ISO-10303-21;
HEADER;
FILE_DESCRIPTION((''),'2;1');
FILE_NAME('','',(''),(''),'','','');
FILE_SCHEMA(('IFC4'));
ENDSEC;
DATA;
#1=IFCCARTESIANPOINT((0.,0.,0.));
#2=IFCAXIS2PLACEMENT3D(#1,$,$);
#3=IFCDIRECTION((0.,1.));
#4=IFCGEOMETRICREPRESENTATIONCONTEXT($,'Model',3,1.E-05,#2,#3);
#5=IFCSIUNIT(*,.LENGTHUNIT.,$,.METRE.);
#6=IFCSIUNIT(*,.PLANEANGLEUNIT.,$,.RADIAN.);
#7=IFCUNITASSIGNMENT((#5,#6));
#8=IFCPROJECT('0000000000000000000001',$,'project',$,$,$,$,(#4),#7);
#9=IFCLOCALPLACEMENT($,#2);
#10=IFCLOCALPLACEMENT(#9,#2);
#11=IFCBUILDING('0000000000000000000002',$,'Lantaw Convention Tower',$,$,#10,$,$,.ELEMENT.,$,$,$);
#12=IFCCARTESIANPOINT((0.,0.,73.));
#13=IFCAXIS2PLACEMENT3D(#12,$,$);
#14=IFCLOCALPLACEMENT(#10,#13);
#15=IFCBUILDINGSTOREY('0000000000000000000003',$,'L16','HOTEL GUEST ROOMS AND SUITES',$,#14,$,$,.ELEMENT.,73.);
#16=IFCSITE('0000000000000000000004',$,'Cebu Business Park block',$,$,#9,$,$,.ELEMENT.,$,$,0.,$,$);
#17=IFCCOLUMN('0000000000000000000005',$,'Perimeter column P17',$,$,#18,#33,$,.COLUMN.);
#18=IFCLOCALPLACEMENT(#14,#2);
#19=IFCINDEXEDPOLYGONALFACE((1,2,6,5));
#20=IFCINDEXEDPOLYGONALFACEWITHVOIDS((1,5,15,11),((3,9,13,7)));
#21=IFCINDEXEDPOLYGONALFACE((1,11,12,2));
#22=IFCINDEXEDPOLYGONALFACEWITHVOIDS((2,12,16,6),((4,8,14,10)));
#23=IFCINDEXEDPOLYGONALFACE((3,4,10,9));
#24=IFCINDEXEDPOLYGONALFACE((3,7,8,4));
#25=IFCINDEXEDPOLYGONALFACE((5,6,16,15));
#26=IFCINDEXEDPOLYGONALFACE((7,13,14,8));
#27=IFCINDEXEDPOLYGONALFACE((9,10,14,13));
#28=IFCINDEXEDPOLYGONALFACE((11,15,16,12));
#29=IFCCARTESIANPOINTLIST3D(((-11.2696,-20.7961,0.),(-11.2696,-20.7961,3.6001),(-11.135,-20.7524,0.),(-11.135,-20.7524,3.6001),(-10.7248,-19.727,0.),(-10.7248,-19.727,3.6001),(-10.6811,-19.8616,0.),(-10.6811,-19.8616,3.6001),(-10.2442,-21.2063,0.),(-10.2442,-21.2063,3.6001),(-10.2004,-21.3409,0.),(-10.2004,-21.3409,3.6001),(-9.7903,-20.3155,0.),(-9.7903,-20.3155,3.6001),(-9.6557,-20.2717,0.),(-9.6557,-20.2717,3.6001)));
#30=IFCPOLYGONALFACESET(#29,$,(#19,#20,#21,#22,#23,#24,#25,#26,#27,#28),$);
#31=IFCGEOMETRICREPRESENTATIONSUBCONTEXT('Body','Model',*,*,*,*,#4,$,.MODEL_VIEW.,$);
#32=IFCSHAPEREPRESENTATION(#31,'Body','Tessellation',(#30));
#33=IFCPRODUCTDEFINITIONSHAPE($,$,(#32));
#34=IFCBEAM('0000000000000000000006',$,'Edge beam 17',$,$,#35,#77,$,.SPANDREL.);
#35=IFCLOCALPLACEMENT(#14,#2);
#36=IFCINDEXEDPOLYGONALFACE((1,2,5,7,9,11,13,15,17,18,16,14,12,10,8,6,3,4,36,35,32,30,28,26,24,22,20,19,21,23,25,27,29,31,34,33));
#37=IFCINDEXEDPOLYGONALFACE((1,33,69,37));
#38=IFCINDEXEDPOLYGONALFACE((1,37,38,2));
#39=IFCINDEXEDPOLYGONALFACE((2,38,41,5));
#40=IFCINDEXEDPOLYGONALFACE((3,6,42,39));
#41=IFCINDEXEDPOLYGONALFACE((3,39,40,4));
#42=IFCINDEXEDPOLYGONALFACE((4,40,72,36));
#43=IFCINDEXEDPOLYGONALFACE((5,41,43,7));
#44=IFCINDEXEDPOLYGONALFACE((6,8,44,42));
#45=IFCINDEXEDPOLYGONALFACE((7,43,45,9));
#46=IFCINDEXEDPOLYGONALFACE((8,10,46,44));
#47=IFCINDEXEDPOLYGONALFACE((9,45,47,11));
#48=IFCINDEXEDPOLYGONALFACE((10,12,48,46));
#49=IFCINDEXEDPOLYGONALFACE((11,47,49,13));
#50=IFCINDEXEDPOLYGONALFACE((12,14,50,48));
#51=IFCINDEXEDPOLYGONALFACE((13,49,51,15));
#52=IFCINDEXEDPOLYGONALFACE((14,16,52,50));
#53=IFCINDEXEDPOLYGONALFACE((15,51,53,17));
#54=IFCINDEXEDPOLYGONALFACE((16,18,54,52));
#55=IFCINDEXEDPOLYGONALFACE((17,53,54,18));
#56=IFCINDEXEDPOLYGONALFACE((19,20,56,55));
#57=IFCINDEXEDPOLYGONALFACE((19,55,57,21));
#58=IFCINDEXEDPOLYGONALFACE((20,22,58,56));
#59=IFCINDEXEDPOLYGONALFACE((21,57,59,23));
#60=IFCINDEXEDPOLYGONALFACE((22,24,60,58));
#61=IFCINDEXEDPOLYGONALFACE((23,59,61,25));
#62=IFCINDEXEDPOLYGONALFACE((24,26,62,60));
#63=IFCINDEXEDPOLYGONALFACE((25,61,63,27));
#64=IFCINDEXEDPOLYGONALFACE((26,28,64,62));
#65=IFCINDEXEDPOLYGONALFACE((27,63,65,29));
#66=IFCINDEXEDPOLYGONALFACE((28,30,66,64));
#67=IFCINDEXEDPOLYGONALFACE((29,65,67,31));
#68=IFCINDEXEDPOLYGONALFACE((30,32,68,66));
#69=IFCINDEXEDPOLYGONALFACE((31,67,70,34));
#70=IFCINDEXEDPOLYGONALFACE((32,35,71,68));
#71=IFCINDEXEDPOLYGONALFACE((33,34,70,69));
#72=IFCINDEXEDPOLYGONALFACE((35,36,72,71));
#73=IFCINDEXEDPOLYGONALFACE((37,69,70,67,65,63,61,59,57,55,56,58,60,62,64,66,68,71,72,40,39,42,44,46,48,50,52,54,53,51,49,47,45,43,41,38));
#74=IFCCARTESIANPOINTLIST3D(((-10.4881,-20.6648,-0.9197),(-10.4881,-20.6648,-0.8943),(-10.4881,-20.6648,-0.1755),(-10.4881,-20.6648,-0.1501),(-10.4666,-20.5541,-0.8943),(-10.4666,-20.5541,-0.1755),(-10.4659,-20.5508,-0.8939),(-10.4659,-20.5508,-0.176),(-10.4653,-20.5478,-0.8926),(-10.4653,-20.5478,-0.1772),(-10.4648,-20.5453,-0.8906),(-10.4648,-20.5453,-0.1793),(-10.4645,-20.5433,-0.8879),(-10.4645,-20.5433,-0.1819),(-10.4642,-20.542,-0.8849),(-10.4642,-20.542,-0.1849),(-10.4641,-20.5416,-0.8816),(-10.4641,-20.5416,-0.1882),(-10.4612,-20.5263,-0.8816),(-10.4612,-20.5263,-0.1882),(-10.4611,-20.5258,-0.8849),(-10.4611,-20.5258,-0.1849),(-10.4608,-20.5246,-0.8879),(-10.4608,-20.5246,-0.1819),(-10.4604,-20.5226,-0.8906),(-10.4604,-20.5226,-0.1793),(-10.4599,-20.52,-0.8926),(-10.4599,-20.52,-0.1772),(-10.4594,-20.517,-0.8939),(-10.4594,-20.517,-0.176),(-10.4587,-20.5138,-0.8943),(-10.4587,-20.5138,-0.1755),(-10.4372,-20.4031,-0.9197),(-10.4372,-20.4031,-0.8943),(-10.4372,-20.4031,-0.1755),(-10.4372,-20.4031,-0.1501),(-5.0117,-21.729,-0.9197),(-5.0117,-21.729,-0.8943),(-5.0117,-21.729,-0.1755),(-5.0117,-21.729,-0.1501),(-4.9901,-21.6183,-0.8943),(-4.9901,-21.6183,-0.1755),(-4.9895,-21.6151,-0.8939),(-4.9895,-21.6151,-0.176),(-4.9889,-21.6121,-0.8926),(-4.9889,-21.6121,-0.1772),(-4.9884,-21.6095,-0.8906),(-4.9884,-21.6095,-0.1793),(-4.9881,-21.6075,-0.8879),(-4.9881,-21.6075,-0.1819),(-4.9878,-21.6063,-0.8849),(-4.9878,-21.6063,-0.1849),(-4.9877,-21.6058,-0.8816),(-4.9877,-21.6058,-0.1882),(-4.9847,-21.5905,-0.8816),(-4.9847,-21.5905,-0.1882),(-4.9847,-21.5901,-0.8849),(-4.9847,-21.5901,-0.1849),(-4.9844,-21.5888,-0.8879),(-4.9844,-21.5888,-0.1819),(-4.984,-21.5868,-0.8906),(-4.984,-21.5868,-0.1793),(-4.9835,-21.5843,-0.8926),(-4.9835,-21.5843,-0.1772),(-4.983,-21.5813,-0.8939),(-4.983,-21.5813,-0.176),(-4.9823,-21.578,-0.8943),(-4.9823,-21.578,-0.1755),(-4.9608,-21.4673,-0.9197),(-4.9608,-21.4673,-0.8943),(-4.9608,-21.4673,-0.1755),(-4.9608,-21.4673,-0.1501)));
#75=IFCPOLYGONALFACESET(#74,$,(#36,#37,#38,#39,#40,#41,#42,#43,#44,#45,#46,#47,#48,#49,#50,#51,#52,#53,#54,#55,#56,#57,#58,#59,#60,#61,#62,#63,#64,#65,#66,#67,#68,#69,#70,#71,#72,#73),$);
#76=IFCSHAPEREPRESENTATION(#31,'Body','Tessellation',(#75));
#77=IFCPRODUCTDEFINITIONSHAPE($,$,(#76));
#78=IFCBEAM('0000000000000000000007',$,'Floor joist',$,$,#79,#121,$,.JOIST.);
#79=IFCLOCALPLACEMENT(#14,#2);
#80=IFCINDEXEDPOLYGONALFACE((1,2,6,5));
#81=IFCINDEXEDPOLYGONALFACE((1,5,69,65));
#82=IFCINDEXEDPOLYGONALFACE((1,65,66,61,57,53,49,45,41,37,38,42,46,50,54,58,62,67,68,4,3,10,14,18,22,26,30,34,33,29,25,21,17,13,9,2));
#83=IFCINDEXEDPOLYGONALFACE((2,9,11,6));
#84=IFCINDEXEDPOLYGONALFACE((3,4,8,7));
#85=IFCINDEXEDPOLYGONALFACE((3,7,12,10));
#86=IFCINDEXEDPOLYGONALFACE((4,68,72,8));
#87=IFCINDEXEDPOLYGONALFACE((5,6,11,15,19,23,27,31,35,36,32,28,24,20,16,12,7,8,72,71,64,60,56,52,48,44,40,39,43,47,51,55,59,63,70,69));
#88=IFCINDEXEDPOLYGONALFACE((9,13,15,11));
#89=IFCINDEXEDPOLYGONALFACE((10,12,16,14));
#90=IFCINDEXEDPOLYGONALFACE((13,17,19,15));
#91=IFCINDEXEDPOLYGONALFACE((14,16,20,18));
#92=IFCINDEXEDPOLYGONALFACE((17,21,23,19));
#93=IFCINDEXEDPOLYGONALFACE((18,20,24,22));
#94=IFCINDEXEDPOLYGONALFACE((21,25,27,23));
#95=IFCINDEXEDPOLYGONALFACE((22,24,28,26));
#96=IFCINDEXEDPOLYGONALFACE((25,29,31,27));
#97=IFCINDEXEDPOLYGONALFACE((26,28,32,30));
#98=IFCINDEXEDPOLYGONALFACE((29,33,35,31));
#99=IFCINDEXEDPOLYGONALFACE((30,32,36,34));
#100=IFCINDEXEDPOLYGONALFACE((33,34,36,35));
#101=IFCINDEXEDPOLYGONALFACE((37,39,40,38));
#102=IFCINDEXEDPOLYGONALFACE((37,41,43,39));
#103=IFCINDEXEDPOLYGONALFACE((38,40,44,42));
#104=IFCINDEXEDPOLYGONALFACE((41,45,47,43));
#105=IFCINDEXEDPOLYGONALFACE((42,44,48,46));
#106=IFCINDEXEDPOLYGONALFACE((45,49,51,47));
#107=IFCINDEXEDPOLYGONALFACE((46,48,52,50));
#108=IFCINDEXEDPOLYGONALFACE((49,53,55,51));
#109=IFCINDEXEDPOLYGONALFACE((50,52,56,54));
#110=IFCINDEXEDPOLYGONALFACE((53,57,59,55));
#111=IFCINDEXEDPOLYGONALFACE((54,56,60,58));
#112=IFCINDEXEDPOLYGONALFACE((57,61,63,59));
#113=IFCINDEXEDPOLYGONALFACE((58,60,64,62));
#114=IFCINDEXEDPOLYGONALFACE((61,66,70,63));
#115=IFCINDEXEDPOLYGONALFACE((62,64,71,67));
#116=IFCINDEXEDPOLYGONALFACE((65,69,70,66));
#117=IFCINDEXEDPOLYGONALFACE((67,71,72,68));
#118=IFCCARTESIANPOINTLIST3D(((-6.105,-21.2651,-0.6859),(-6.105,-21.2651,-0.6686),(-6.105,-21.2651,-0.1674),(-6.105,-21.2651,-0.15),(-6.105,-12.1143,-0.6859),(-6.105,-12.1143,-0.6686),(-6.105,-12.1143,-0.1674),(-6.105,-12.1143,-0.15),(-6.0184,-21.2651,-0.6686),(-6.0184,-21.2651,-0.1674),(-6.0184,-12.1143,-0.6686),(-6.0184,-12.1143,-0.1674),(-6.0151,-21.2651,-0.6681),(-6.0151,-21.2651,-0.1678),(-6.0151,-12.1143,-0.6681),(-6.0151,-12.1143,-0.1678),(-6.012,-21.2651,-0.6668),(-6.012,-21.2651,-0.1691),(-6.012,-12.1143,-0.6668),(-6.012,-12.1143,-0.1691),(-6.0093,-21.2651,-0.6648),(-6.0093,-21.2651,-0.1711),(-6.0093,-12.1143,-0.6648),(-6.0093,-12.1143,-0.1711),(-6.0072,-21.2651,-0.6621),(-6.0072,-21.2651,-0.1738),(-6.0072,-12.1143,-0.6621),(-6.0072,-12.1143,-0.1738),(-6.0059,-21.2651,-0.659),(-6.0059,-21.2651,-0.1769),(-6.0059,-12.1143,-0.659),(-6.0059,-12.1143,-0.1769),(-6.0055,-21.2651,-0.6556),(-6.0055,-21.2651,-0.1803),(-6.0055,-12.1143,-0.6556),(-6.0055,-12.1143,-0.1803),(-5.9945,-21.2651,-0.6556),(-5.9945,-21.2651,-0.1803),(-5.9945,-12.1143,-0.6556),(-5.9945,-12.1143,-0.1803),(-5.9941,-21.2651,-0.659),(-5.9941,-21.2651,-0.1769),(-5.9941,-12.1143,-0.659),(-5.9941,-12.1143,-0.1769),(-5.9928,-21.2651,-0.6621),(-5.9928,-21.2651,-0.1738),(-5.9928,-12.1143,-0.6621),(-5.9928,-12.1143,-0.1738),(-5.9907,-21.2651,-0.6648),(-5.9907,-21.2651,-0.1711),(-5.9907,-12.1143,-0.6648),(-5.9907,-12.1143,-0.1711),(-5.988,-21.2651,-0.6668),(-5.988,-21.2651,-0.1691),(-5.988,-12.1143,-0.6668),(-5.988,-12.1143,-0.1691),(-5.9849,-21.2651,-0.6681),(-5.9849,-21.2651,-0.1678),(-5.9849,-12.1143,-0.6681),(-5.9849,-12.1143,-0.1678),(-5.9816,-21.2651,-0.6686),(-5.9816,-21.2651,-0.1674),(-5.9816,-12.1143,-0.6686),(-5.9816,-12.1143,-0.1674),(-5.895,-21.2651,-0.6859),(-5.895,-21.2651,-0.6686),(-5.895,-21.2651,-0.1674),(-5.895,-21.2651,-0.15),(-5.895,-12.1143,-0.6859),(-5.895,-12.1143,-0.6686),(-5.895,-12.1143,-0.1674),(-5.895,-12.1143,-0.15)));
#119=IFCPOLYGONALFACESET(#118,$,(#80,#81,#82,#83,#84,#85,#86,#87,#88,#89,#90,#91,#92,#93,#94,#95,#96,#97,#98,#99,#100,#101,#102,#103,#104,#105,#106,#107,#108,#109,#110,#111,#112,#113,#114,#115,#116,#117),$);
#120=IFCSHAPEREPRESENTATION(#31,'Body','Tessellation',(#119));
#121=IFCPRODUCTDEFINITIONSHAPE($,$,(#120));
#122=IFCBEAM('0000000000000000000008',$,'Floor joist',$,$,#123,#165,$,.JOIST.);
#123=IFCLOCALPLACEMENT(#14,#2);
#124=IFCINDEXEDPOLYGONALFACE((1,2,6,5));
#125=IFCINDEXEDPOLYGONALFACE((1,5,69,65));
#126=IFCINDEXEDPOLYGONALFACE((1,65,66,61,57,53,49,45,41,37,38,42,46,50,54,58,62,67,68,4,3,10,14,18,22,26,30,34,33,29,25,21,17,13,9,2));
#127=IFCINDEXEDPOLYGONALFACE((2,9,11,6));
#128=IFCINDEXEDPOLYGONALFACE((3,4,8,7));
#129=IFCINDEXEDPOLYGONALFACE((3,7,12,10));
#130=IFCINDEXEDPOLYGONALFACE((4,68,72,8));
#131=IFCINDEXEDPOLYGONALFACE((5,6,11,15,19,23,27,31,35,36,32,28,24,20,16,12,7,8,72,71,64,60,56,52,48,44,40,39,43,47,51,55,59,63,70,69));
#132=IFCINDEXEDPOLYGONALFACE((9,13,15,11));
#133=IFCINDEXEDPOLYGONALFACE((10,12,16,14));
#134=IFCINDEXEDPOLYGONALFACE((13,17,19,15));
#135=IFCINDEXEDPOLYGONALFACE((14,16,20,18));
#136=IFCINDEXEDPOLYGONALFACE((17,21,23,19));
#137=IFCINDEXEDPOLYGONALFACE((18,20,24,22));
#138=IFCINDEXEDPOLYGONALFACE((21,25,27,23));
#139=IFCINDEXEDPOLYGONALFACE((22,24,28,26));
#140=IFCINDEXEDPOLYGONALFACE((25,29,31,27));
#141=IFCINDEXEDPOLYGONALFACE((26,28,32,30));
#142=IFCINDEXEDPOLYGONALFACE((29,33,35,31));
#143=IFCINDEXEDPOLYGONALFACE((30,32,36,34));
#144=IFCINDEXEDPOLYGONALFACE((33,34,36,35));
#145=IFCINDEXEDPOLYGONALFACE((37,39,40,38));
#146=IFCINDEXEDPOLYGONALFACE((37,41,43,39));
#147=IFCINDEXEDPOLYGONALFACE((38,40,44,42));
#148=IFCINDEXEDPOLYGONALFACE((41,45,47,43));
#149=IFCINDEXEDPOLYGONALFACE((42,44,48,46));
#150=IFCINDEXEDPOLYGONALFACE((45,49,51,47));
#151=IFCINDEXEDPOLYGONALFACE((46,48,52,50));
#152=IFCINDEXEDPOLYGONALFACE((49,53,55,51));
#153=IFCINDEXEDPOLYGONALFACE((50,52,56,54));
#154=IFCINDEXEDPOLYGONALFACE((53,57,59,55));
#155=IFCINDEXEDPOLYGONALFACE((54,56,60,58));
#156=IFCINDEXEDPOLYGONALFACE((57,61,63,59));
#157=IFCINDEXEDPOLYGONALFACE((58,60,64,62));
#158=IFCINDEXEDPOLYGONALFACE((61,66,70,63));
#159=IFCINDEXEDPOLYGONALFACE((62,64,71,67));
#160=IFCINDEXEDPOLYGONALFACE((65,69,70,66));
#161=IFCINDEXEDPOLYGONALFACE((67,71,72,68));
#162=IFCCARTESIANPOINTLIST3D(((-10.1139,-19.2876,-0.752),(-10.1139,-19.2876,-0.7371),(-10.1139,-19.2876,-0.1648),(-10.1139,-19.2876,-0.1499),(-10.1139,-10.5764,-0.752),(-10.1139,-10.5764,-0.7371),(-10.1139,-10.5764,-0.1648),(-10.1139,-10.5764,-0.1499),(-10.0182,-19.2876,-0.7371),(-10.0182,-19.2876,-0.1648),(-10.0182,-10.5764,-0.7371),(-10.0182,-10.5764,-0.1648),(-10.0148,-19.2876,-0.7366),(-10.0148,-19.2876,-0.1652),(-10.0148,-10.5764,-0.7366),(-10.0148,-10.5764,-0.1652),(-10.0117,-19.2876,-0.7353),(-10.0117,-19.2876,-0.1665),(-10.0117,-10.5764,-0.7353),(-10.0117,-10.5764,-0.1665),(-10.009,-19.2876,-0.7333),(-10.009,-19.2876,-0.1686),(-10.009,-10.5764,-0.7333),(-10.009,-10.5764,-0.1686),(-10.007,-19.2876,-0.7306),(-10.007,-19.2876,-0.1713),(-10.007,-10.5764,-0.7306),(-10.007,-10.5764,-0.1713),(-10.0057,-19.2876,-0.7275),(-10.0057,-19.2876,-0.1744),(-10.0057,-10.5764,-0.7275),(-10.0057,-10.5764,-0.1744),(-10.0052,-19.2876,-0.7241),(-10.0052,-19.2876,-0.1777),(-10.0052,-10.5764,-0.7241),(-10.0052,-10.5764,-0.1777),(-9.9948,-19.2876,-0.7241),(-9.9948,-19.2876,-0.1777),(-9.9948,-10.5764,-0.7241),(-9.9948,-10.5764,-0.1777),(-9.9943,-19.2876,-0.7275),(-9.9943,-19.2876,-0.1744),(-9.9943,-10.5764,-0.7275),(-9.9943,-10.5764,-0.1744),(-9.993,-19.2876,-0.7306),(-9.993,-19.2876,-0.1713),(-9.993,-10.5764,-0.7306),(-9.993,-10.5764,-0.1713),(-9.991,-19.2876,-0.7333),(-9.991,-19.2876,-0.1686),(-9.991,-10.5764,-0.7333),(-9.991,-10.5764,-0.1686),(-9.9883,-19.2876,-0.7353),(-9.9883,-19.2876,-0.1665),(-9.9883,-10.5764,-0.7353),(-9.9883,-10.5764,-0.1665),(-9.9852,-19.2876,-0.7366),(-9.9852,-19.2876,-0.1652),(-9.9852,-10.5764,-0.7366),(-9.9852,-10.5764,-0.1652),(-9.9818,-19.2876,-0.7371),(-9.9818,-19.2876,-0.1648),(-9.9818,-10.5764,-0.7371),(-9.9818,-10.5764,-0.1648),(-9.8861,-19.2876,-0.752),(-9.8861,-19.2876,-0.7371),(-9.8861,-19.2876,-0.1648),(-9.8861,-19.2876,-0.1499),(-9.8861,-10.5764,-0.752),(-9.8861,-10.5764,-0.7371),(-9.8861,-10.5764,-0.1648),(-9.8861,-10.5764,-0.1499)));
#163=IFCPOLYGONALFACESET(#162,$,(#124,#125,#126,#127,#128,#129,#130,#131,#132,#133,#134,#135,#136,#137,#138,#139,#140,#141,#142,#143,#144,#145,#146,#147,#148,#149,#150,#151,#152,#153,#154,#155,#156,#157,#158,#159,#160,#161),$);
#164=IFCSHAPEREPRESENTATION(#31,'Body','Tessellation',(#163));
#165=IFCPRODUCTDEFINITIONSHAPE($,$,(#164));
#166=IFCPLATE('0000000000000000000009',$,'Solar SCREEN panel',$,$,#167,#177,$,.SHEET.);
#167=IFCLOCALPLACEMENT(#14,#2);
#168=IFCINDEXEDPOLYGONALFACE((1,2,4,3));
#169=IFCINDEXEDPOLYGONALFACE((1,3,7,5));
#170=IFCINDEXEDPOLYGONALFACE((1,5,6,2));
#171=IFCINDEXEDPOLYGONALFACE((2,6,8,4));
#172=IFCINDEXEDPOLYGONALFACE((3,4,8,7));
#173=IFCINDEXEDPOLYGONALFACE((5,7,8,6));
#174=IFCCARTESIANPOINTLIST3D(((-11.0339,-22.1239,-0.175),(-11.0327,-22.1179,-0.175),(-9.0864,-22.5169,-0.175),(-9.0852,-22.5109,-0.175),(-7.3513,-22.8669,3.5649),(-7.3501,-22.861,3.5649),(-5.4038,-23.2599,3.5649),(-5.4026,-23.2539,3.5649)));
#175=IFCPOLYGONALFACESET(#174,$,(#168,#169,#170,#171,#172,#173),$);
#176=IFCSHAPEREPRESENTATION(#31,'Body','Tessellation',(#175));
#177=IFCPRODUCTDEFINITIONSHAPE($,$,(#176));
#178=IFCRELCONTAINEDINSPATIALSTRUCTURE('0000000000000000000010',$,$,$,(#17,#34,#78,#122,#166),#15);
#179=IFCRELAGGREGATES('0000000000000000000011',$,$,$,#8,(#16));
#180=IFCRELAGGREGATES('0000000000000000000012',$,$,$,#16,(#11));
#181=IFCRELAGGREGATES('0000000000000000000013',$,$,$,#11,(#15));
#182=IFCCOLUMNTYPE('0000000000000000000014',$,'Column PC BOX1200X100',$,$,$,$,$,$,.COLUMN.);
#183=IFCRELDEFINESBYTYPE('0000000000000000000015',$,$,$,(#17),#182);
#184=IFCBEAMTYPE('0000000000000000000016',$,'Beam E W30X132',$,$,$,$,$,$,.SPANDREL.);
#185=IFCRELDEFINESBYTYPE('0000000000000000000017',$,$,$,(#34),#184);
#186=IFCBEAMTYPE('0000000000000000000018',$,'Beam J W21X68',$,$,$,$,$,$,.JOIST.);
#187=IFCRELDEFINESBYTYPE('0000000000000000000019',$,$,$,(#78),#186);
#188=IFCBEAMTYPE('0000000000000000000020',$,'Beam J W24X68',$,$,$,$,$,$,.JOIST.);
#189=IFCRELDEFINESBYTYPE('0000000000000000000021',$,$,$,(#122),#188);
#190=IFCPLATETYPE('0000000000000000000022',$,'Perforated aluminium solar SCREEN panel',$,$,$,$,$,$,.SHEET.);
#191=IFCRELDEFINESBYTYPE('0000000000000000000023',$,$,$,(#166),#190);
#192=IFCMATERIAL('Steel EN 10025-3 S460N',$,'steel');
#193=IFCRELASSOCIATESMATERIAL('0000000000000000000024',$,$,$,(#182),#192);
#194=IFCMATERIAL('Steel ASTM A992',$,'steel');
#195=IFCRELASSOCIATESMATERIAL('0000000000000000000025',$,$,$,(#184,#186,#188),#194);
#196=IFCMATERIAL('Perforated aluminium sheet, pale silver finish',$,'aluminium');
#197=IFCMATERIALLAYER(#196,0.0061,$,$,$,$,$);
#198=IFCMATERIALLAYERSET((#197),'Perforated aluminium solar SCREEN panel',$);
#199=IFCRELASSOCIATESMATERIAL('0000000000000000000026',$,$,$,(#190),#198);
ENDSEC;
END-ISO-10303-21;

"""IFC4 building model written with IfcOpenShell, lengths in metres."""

from ifc_helpers import new_model, si_unit, direction, frame, origin, origin_2d, place, context, subcontext, project, spatial, polyline, rectangle, hollow_rectangle, i_section, outline, extrude, material, layer, layer_set, material_profile, profile_set, type_object, element, save


model = new_model("IFC4")

# Units and contexts
model_context = context("Model", 3, precision=1e-05, world=origin(), true_north=direction((0.0, 1.0)))
body_context = subcontext(model_context, "Body", "Model", "MODEL_VIEW")
ifc_project = project(units=[si_unit("LENGTHUNIT", "METRE"), si_unit("PLANEANGLEUNIT", "RADIAN")], contexts=[model_context])

# Site, building, storey
site_placement = place(None, origin())
site = spatial("IfcSite", under=ifc_project, at=site_placement, Name="Cebu Business Park block", CompositionType="ELEMENT", RefElevation=0.0)
building_placement = place(site_placement, origin())
building = spatial("IfcBuilding", under=site, at=building_placement, Name="Lantaw Convention Tower", CompositionType="ELEMENT")
storey_placement = place(building_placement, frame((0.0, 0.0, 73.0)))
storey = spatial("IfcBuildingStorey", under=building, at=storey_placement, Name="L16", Description="HOTEL GUEST ROOMS AND SUITES", CompositionType="ELEMENT", Elevation=73.0)

# Column
ifc_material_1 = material(Name="Steel EN 10025-3 S460N", Category="steel")
ifc_material_profile_1 = material_profile(ifc_material_1, hollow_rectangle(XDim=1.2, YDim=1.2, WallThickness=0.1001, at=origin_2d()), Name="BOX1200X100")
ifc_material_2 = material(Name="Concrete C60/75", Category="concrete")
ifc_material_profile_2 = material_profile(ifc_material_2, rectangle(XDim=1.0, YDim=1.0, at=origin_2d()), Name="Concrete fill of BOX1200X100")
ifc_profile_set_1 = profile_set([ifc_material_profile_1, ifc_material_profile_2], Name="Steel EN 10025-3 S460N")
column_type = type_object("IfcColumnType", Name="Column PC BOX1200X100", PredefinedType="COLUMN", material=ifc_profile_set_1)
column_placement = place(storey_placement, frame((-10.4626, -20.5339, 0.0), z_axis=(0.0, 0.0, 1.0), x_axis=(0.45399, 0.891007, 0.0)))
element("IfcColumn", 1, at=column_placement, inside=storey, type_object=column_type, Name="Perimeter column P17", PredefinedType="COLUMN", context=body_context, shape_type="SweptSolid", body=[
    extrude(hollow_rectangle(XDim=1.2, YDim=1.2, WallThickness=0.1001, at=origin_2d()), origin(), (0.0, 0.0, 1.0), 3.6001),
])

# Beams
ifc_material_3 = material(Name="Steel ASTM A992", Category="steel")
ifc_material_profile_3 = material_profile(ifc_material_3, i_section(OverallWidth=0.2666, OverallDepth=0.7695, WebThickness=0.0156, FlangeThickness=0.0254, FilletRadius=0.0127, at=origin_2d()), Name="W30X132")
ifc_profile_set_2 = profile_set([ifc_material_profile_3], Name="Steel ASTM A992")
beam_type_1 = type_object("IfcBeamType", Name="Beam E W30X132", PredefinedType="SPANDREL", material=ifc_profile_set_2)
beam_1_placement = place(storey_placement, frame((-10.4626, -20.5339, -0.5349), z_axis=(0.981637, -0.190761, 0.0), x_axis=(0.190761, 0.981637, 0.0)))
element("IfcBeam", 2, at=beam_1_placement, inside=storey, type_object=beam_type_1, Name="Edge beam 17", PredefinedType="SPANDREL", context=body_context, shape_type="SweptSolid", body=[
    extrude(i_section(OverallWidth=0.2666, OverallDepth=0.7695, WebThickness=0.0156, FlangeThickness=0.0254, FilletRadius=0.0127, at=origin_2d()), origin(), (0.0, 0.0, 1.0), 5.5789),
])
ifc_material_profile_4 = material_profile(ifc_material_3, i_section(OverallWidth=0.21, OverallDepth=0.5359, WebThickness=0.011, FlangeThickness=0.0173, FilletRadius=0.0129, at=origin_2d()), Name="W21X68")
ifc_profile_set_3 = profile_set([ifc_material_profile_4], Name="Steel ASTM A992")
beam_type_2 = type_object("IfcBeamType", Name="Beam J W21X68", PredefinedType="JOIST", material=ifc_profile_set_3)
beam_2_placement = place(storey_placement, frame((-6.0, -21.2651, -0.418), z_axis=(0.0, 1.0, 0.0), x_axis=(-1.0, 0.0, 0.0)))
element("IfcBeam", 3, at=beam_2_placement, inside=storey, type_object=beam_type_2, Name="Floor joist", PredefinedType="JOIST", context=body_context, shape_type="SweptSolid", body=[
    extrude(i_section(OverallWidth=0.21, OverallDepth=0.5359, WebThickness=0.011, FlangeThickness=0.0173, FilletRadius=0.0129, at=origin_2d()), origin(), (0.0, 0.0, 1.0), 9.1509),
])
ifc_material_profile_5 = material_profile(ifc_material_3, i_section(OverallWidth=0.2278, OverallDepth=0.6021, WebThickness=0.0105, FlangeThickness=0.0149, FilletRadius=0.0129, at=origin_2d()), Name="W24X68")
ifc_profile_set_4 = profile_set([ifc_material_profile_5], Name="Steel ASTM A992")
beam_type_3 = type_object("IfcBeamType", Name="Beam J W24X68", PredefinedType="JOIST", material=ifc_profile_set_4)
beam_3_placement = place(storey_placement, frame((-10.0, -19.2876, -0.4509), z_axis=(0.0, 1.0, 0.0), x_axis=(-1.0, 0.0, 0.0)))
element("IfcBeam", 4, at=beam_3_placement, inside=storey, type_object=beam_type_3, Name="Floor joist", PredefinedType="JOIST", context=body_context, shape_type="SweptSolid", body=[
    extrude(i_section(OverallWidth=0.2278, OverallDepth=0.6021, WebThickness=0.0105, FlangeThickness=0.0149, FilletRadius=0.0129, at=origin_2d()), origin(), (0.0, 0.0, 1.0), 8.7112),
])

# Plate
ifc_material_4 = material(Name="Perforated aluminium sheet, pale silver finish", Category="aluminium")
ifc_layer_1 = layer(ifc_material_4, 0.0061)
ifc_layer_set_1 = layer_set([ifc_layer_1], Name="Perforated aluminium solar SCREEN panel")
plate_type = type_object("IfcPlateType", Name="Perforated aluminium solar SCREEN panel", PredefinedType="SHEET", material=ifc_layer_set_1)
plate_1_placement = place(storey_placement, frame((-11.0327, -22.1179, -0.175), z_axis=(0.197782, 0.980246, 0.000002), x_axis=(0.980246, -0.197782, 0.0)))
element("IfcPlate", 5, at=plate_1_placement, inside=storey, type_object=plate_type, Name="Solar SCREEN panel", PredefinedType="SHEET", context=body_context, shape_type="SweptSolid", body=[
    extrude(outline(polyline([(0.0, 0.0), (1.9868, 0.0), (5.7436, -3.74), (3.7569, -3.74), (0.0, 0.0)])), origin(), (0.0, 0.0, -1.0), 0.0061),
])

save(model, "model.ifc")
